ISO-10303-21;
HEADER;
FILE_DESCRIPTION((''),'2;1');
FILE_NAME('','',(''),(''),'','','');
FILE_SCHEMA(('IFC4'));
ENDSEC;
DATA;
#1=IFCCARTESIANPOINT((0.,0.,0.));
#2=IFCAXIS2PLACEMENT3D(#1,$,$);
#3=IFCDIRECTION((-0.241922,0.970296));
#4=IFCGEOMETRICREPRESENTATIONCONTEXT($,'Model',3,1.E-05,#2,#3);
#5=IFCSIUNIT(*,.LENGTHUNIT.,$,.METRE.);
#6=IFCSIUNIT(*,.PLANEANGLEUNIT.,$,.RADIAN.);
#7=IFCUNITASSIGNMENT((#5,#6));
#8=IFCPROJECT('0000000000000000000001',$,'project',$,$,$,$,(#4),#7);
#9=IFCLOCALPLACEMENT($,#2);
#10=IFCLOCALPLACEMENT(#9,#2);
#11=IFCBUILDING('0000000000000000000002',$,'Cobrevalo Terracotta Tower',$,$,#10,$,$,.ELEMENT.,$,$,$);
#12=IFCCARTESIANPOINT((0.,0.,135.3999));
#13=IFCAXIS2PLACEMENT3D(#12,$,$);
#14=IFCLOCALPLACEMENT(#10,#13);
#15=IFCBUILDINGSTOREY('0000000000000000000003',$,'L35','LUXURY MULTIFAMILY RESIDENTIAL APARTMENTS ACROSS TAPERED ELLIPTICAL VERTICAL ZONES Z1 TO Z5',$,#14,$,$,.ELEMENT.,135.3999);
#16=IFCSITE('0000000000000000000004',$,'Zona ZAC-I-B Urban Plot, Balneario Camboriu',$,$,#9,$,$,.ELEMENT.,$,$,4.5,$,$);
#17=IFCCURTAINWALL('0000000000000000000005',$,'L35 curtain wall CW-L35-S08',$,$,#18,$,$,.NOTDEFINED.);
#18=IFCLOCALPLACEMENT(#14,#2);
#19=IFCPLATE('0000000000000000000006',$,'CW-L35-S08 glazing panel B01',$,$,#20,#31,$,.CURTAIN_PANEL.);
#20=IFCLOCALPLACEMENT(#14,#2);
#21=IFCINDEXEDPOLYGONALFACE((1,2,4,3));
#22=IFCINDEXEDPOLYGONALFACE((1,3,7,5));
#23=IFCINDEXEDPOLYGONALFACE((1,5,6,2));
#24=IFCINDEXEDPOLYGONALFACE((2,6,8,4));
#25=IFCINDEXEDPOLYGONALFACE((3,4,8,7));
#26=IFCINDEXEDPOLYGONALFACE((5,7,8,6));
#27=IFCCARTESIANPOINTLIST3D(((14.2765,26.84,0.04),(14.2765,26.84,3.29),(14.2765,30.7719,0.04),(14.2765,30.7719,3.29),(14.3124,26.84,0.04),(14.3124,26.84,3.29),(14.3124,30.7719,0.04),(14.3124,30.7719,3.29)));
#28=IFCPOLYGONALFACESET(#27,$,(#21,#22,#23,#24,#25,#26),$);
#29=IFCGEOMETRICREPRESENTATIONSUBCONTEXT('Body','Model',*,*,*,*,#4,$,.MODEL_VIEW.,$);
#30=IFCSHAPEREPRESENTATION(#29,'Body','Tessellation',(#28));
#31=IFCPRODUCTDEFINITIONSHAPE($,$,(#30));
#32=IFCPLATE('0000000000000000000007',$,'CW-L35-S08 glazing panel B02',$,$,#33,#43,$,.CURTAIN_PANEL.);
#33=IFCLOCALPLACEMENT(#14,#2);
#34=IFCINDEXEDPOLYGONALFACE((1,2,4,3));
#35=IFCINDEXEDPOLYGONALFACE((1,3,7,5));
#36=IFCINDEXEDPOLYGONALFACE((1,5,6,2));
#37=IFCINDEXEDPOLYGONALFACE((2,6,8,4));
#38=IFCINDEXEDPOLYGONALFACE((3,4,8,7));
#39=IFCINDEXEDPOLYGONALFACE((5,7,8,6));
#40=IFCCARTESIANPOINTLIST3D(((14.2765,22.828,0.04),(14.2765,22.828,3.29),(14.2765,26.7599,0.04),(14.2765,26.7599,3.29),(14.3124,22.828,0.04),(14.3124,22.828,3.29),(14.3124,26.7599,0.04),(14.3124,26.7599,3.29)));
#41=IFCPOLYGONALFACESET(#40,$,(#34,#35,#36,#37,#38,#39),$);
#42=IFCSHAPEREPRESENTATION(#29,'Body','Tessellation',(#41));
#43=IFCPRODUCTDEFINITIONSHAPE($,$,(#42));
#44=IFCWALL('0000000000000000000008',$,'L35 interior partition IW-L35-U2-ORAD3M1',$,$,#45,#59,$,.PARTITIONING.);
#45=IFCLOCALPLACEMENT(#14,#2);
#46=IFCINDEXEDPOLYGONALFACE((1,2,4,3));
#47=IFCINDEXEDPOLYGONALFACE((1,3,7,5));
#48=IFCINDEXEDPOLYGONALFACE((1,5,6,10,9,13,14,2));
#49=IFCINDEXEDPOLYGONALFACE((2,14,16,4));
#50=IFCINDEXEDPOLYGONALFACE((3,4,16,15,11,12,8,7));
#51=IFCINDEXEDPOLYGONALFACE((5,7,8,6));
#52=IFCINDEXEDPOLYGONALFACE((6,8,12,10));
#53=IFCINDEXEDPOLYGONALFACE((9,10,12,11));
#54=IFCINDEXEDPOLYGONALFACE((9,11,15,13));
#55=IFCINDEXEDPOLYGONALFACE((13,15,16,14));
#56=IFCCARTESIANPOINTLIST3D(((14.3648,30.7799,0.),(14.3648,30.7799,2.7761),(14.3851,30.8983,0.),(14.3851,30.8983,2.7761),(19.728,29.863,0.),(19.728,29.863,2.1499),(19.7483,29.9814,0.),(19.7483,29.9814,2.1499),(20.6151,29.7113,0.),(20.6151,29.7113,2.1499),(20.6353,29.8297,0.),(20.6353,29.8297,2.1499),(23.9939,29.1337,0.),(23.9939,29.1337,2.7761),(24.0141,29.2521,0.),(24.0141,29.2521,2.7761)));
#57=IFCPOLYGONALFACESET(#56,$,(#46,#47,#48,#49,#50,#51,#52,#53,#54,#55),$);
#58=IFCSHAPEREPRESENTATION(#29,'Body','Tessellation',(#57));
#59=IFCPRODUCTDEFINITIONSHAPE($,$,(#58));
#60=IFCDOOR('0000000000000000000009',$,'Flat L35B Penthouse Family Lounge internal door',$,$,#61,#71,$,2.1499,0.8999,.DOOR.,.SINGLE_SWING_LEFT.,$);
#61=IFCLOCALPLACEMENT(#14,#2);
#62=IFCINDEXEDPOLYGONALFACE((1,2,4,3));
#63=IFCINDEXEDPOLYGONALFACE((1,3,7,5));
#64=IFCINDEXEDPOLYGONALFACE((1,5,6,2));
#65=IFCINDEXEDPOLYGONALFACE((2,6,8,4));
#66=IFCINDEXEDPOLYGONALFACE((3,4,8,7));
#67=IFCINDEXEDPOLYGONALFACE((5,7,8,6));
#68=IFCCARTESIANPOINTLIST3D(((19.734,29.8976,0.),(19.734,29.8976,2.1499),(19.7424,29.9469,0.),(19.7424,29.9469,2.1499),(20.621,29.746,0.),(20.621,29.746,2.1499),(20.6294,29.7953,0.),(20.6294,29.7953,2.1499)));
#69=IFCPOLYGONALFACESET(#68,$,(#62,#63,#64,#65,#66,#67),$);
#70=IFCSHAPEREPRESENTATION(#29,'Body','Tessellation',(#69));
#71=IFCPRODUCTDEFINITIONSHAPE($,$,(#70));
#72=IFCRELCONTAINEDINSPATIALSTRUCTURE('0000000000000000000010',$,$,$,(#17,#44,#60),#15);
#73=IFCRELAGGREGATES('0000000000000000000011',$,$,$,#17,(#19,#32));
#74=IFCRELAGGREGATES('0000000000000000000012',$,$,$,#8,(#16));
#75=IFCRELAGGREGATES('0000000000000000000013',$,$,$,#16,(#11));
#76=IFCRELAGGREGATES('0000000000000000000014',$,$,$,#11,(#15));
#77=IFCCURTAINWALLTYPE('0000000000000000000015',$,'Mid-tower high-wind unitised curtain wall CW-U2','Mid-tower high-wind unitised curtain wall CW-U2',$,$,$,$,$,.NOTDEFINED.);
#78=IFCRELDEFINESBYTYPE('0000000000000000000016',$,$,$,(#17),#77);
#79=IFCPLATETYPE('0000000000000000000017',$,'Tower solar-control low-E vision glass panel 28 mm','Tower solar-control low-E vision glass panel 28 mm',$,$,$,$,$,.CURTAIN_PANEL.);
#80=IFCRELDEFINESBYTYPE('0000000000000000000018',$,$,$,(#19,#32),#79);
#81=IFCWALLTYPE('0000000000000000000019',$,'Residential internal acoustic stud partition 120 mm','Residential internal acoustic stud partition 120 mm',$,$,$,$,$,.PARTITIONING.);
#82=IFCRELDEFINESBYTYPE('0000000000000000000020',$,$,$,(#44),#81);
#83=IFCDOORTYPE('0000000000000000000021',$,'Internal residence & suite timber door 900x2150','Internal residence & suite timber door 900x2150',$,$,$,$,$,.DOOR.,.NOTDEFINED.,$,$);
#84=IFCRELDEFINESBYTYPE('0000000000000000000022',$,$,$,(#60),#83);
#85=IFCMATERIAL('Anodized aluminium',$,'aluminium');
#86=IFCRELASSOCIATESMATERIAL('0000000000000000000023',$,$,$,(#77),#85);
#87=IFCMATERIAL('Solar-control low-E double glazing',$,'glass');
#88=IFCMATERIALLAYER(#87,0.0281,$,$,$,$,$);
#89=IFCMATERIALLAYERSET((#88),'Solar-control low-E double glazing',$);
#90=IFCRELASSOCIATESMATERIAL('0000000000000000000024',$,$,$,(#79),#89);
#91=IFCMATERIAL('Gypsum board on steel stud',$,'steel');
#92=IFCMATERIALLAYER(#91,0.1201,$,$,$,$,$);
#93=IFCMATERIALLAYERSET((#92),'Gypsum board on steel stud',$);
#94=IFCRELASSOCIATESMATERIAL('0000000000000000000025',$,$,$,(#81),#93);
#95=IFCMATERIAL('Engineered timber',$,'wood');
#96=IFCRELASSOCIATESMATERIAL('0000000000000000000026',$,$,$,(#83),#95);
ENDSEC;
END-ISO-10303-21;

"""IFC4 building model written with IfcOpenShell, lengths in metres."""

from ifc_helpers import new_model, si_unit, direction, frame, frame_2d, origin, origin_2d, place, context, subcontext, project, spatial, rectangle, extrude, source, transform, mapped, material, layer, layer_set, type_object, element, fill, aggregate, save


model = new_model("IFC4")

# Units and contexts
model_context = context("Model", 3, precision=1e-05, world=origin(), true_north=direction((-0.241922, 0.970296)))
body_context = subcontext(model_context, "Body", "Model", "MODEL_VIEW")
ifc_project = project(units=[si_unit("LENGTHUNIT", "METRE"), si_unit("PLANEANGLEUNIT", "RADIAN")], contexts=[model_context])

# Site, building, storey
site_placement = place(None, origin())
site = spatial("IfcSite", under=ifc_project, at=site_placement, Name="Zona ZAC-I-B Urban Plot, Balneario Camboriu", CompositionType="ELEMENT", RefElevation=4.5)
building_placement = place(site_placement, origin())
building = spatial("IfcBuilding", under=site, at=building_placement, Name="Cobrevalo Terracotta Tower", CompositionType="ELEMENT")
storey_placement = place(building_placement, frame((0.0, 0.0, 135.3999)))
storey = spatial("IfcBuildingStorey", under=building, at=storey_placement, Name="L35", Description="LUXURY MULTIFAMILY RESIDENTIAL APARTMENTS ACROSS TAPERED ELLIPTICAL VERTICAL ZONES Z1 TO Z5", CompositionType="ELEMENT", Elevation=135.3999)

# Shared definitions
ifc_material_1 = material(Name="Anodized aluminium", Category="aluminium")
curtain_wall_type = type_object("IfcCurtainWallType", Name="Mid-tower high-wind unitised curtain wall CW-U2", Description="Mid-tower high-wind unitised curtain wall CW-U2", PredefinedType="NOTDEFINED", material=ifc_material_1)

# Curtain wall
curtain_wall_1_placement = place(storey_placement, origin())
curtain_wall_1 = element("IfcCurtainWall", 1, at=curtain_wall_1_placement, inside=storey, type_object=curtain_wall_type, Name="L35 curtain wall CW-L35-S08", PredefinedType="NOTDEFINED")

# Plates
ifc_material_2 = material(Name="Solar-control low-E double glazing", Category="glass")
ifc_layer_1 = layer(ifc_material_2, 0.0281)
ifc_layer_set_1 = layer_set([ifc_layer_1], Name="Solar-control low-E double glazing")
plate_type = type_object("IfcPlateType", Name="Tower solar-control low-E vision glass panel 28 mm", Description="Tower solar-control low-E vision glass panel 28 mm", PredefinedType="CURTAIN_PANEL", material=ifc_layer_set_1)
shared_shape_1 = source(origin(), body_context, "Body", "SweptSolid", [
    extrude(rectangle(XDim=3.9319, YDim=0.0359, at=origin_2d()), origin(), (0.0, 0.0, 1.0), 3.25),
])
plate_1_placement = place(storey_placement, frame((14.2944, 28.8059, 0.04), z_axis=(0.0, 0.0, 1.0), x_axis=(0.0, -1.0, 0.0)))
plate_1 = element("IfcPlate", 2, at=plate_1_placement, type_object=plate_type, Name="CW-L35-S08 glazing panel B01", PredefinedType="CURTAIN_PANEL", context=body_context, shape_type="MappedRepresentation", body=[
    mapped(shared_shape_1, transform((0.0, 0.0, 0.0), scale=1.0)),
])
plate_2_placement = place(storey_placement, frame((14.2944, 24.7939, 0.04), z_axis=(0.0, 0.0, 1.0), x_axis=(0.0, -1.0, 0.0)))
plate_2 = element("IfcPlate", 3, at=plate_2_placement, type_object=plate_type, Name="CW-L35-S08 glazing panel B02", PredefinedType="CURTAIN_PANEL", context=body_context, shape_type="MappedRepresentation", body=[
    mapped(shared_shape_1, transform((0.0, 0.0, 0.0), scale=1.0)),
])
aggregate(curtain_wall_1, [plate_1, plate_2])

# Wall, opening, door
ifc_material_3 = material(Name="Gypsum board on steel stud", Category="steel")
ifc_layer_2 = layer(ifc_material_3, 0.1201)
ifc_layer_set_2 = layer_set([ifc_layer_2], Name="Gypsum board on steel stud")
wall_type = type_object("IfcWallType", Name="Residential internal acoustic stud partition 120 mm", Description="Residential internal acoustic stud partition 120 mm", PredefinedType="PARTITIONING", material=ifc_layer_set_2)
wall_placement = place(storey_placement, frame((24.0039, 29.1929, 0.0), z_axis=(0.0, 0.0, 1.0), x_axis=(-0.985698, 0.168519, 0.0)))
wall = element("IfcWall", 4, at=wall_placement, inside=storey, type_object=wall_type, Name="L35 interior partition IW-L35-U2-ORAD3M1", PredefinedType="PARTITIONING", context=body_context, shape_type="SweptSolid", body=[
    extrude(rectangle(XDim=9.7688, YDim=0.1201, at=frame_2d((4.8843, 0.0))), origin(), (0.0, 0.0, 1.0), 2.7761),
])
opening_placement = place(wall_placement, frame((3.4277, 0.0, 0.0)))
opening = element("IfcOpeningElement", 5, at=opening_placement, cuts=wall, PredefinedType="OPENING", context=body_context, shape_type="SweptSolid", body=[
    extrude(rectangle(XDim=0.8999, YDim=2.1499, at=frame_2d((0.45, 1.075))), frame((0.0, 0.0701, 0.0), z_axis=(0.0, -1.0, 0.0), x_axis=(1.0, 0.0, 0.0)), (0.0, 0.0, 1.0), 0.1401),
])
ifc_material_4 = material(Name="Engineered timber", Category="wood")
door_type = type_object("IfcDoorType", Name="Internal residence & suite timber door 900x2150", Description="Internal residence & suite timber door 900x2150", OperationType="NOTDEFINED", PredefinedType="DOOR", material=ifc_material_4)
shared_shape_2 = source(origin(), body_context, "Body", "SweptSolid", [
    extrude(rectangle(XDim=0.8999, YDim=2.1499, at=frame_2d((0.45, 1.075))), frame((0.0, 0.0249, 0.0), z_axis=(0.0, -1.0, 0.0), x_axis=(1.0, 0.0, 0.0)), (0.0, 0.0, 1.0), 0.05),
])
door_placement = place(opening_placement, origin())
door = element("IfcDoor", 6, at=door_placement, inside=storey, type_object=door_type, Name="Flat L35B Penthouse Family Lounge internal door", OperationType="SINGLE_SWING_LEFT", OverallHeight=2.1499, OverallWidth=0.8999, PredefinedType="DOOR", context=body_context, shape_type="MappedRepresentation", body=[
    mapped(shared_shape_2, transform((0.0, 0.0, 0.0), scale=1.0)),
])
fill(opening, door)

save(model, "model.ifc")
